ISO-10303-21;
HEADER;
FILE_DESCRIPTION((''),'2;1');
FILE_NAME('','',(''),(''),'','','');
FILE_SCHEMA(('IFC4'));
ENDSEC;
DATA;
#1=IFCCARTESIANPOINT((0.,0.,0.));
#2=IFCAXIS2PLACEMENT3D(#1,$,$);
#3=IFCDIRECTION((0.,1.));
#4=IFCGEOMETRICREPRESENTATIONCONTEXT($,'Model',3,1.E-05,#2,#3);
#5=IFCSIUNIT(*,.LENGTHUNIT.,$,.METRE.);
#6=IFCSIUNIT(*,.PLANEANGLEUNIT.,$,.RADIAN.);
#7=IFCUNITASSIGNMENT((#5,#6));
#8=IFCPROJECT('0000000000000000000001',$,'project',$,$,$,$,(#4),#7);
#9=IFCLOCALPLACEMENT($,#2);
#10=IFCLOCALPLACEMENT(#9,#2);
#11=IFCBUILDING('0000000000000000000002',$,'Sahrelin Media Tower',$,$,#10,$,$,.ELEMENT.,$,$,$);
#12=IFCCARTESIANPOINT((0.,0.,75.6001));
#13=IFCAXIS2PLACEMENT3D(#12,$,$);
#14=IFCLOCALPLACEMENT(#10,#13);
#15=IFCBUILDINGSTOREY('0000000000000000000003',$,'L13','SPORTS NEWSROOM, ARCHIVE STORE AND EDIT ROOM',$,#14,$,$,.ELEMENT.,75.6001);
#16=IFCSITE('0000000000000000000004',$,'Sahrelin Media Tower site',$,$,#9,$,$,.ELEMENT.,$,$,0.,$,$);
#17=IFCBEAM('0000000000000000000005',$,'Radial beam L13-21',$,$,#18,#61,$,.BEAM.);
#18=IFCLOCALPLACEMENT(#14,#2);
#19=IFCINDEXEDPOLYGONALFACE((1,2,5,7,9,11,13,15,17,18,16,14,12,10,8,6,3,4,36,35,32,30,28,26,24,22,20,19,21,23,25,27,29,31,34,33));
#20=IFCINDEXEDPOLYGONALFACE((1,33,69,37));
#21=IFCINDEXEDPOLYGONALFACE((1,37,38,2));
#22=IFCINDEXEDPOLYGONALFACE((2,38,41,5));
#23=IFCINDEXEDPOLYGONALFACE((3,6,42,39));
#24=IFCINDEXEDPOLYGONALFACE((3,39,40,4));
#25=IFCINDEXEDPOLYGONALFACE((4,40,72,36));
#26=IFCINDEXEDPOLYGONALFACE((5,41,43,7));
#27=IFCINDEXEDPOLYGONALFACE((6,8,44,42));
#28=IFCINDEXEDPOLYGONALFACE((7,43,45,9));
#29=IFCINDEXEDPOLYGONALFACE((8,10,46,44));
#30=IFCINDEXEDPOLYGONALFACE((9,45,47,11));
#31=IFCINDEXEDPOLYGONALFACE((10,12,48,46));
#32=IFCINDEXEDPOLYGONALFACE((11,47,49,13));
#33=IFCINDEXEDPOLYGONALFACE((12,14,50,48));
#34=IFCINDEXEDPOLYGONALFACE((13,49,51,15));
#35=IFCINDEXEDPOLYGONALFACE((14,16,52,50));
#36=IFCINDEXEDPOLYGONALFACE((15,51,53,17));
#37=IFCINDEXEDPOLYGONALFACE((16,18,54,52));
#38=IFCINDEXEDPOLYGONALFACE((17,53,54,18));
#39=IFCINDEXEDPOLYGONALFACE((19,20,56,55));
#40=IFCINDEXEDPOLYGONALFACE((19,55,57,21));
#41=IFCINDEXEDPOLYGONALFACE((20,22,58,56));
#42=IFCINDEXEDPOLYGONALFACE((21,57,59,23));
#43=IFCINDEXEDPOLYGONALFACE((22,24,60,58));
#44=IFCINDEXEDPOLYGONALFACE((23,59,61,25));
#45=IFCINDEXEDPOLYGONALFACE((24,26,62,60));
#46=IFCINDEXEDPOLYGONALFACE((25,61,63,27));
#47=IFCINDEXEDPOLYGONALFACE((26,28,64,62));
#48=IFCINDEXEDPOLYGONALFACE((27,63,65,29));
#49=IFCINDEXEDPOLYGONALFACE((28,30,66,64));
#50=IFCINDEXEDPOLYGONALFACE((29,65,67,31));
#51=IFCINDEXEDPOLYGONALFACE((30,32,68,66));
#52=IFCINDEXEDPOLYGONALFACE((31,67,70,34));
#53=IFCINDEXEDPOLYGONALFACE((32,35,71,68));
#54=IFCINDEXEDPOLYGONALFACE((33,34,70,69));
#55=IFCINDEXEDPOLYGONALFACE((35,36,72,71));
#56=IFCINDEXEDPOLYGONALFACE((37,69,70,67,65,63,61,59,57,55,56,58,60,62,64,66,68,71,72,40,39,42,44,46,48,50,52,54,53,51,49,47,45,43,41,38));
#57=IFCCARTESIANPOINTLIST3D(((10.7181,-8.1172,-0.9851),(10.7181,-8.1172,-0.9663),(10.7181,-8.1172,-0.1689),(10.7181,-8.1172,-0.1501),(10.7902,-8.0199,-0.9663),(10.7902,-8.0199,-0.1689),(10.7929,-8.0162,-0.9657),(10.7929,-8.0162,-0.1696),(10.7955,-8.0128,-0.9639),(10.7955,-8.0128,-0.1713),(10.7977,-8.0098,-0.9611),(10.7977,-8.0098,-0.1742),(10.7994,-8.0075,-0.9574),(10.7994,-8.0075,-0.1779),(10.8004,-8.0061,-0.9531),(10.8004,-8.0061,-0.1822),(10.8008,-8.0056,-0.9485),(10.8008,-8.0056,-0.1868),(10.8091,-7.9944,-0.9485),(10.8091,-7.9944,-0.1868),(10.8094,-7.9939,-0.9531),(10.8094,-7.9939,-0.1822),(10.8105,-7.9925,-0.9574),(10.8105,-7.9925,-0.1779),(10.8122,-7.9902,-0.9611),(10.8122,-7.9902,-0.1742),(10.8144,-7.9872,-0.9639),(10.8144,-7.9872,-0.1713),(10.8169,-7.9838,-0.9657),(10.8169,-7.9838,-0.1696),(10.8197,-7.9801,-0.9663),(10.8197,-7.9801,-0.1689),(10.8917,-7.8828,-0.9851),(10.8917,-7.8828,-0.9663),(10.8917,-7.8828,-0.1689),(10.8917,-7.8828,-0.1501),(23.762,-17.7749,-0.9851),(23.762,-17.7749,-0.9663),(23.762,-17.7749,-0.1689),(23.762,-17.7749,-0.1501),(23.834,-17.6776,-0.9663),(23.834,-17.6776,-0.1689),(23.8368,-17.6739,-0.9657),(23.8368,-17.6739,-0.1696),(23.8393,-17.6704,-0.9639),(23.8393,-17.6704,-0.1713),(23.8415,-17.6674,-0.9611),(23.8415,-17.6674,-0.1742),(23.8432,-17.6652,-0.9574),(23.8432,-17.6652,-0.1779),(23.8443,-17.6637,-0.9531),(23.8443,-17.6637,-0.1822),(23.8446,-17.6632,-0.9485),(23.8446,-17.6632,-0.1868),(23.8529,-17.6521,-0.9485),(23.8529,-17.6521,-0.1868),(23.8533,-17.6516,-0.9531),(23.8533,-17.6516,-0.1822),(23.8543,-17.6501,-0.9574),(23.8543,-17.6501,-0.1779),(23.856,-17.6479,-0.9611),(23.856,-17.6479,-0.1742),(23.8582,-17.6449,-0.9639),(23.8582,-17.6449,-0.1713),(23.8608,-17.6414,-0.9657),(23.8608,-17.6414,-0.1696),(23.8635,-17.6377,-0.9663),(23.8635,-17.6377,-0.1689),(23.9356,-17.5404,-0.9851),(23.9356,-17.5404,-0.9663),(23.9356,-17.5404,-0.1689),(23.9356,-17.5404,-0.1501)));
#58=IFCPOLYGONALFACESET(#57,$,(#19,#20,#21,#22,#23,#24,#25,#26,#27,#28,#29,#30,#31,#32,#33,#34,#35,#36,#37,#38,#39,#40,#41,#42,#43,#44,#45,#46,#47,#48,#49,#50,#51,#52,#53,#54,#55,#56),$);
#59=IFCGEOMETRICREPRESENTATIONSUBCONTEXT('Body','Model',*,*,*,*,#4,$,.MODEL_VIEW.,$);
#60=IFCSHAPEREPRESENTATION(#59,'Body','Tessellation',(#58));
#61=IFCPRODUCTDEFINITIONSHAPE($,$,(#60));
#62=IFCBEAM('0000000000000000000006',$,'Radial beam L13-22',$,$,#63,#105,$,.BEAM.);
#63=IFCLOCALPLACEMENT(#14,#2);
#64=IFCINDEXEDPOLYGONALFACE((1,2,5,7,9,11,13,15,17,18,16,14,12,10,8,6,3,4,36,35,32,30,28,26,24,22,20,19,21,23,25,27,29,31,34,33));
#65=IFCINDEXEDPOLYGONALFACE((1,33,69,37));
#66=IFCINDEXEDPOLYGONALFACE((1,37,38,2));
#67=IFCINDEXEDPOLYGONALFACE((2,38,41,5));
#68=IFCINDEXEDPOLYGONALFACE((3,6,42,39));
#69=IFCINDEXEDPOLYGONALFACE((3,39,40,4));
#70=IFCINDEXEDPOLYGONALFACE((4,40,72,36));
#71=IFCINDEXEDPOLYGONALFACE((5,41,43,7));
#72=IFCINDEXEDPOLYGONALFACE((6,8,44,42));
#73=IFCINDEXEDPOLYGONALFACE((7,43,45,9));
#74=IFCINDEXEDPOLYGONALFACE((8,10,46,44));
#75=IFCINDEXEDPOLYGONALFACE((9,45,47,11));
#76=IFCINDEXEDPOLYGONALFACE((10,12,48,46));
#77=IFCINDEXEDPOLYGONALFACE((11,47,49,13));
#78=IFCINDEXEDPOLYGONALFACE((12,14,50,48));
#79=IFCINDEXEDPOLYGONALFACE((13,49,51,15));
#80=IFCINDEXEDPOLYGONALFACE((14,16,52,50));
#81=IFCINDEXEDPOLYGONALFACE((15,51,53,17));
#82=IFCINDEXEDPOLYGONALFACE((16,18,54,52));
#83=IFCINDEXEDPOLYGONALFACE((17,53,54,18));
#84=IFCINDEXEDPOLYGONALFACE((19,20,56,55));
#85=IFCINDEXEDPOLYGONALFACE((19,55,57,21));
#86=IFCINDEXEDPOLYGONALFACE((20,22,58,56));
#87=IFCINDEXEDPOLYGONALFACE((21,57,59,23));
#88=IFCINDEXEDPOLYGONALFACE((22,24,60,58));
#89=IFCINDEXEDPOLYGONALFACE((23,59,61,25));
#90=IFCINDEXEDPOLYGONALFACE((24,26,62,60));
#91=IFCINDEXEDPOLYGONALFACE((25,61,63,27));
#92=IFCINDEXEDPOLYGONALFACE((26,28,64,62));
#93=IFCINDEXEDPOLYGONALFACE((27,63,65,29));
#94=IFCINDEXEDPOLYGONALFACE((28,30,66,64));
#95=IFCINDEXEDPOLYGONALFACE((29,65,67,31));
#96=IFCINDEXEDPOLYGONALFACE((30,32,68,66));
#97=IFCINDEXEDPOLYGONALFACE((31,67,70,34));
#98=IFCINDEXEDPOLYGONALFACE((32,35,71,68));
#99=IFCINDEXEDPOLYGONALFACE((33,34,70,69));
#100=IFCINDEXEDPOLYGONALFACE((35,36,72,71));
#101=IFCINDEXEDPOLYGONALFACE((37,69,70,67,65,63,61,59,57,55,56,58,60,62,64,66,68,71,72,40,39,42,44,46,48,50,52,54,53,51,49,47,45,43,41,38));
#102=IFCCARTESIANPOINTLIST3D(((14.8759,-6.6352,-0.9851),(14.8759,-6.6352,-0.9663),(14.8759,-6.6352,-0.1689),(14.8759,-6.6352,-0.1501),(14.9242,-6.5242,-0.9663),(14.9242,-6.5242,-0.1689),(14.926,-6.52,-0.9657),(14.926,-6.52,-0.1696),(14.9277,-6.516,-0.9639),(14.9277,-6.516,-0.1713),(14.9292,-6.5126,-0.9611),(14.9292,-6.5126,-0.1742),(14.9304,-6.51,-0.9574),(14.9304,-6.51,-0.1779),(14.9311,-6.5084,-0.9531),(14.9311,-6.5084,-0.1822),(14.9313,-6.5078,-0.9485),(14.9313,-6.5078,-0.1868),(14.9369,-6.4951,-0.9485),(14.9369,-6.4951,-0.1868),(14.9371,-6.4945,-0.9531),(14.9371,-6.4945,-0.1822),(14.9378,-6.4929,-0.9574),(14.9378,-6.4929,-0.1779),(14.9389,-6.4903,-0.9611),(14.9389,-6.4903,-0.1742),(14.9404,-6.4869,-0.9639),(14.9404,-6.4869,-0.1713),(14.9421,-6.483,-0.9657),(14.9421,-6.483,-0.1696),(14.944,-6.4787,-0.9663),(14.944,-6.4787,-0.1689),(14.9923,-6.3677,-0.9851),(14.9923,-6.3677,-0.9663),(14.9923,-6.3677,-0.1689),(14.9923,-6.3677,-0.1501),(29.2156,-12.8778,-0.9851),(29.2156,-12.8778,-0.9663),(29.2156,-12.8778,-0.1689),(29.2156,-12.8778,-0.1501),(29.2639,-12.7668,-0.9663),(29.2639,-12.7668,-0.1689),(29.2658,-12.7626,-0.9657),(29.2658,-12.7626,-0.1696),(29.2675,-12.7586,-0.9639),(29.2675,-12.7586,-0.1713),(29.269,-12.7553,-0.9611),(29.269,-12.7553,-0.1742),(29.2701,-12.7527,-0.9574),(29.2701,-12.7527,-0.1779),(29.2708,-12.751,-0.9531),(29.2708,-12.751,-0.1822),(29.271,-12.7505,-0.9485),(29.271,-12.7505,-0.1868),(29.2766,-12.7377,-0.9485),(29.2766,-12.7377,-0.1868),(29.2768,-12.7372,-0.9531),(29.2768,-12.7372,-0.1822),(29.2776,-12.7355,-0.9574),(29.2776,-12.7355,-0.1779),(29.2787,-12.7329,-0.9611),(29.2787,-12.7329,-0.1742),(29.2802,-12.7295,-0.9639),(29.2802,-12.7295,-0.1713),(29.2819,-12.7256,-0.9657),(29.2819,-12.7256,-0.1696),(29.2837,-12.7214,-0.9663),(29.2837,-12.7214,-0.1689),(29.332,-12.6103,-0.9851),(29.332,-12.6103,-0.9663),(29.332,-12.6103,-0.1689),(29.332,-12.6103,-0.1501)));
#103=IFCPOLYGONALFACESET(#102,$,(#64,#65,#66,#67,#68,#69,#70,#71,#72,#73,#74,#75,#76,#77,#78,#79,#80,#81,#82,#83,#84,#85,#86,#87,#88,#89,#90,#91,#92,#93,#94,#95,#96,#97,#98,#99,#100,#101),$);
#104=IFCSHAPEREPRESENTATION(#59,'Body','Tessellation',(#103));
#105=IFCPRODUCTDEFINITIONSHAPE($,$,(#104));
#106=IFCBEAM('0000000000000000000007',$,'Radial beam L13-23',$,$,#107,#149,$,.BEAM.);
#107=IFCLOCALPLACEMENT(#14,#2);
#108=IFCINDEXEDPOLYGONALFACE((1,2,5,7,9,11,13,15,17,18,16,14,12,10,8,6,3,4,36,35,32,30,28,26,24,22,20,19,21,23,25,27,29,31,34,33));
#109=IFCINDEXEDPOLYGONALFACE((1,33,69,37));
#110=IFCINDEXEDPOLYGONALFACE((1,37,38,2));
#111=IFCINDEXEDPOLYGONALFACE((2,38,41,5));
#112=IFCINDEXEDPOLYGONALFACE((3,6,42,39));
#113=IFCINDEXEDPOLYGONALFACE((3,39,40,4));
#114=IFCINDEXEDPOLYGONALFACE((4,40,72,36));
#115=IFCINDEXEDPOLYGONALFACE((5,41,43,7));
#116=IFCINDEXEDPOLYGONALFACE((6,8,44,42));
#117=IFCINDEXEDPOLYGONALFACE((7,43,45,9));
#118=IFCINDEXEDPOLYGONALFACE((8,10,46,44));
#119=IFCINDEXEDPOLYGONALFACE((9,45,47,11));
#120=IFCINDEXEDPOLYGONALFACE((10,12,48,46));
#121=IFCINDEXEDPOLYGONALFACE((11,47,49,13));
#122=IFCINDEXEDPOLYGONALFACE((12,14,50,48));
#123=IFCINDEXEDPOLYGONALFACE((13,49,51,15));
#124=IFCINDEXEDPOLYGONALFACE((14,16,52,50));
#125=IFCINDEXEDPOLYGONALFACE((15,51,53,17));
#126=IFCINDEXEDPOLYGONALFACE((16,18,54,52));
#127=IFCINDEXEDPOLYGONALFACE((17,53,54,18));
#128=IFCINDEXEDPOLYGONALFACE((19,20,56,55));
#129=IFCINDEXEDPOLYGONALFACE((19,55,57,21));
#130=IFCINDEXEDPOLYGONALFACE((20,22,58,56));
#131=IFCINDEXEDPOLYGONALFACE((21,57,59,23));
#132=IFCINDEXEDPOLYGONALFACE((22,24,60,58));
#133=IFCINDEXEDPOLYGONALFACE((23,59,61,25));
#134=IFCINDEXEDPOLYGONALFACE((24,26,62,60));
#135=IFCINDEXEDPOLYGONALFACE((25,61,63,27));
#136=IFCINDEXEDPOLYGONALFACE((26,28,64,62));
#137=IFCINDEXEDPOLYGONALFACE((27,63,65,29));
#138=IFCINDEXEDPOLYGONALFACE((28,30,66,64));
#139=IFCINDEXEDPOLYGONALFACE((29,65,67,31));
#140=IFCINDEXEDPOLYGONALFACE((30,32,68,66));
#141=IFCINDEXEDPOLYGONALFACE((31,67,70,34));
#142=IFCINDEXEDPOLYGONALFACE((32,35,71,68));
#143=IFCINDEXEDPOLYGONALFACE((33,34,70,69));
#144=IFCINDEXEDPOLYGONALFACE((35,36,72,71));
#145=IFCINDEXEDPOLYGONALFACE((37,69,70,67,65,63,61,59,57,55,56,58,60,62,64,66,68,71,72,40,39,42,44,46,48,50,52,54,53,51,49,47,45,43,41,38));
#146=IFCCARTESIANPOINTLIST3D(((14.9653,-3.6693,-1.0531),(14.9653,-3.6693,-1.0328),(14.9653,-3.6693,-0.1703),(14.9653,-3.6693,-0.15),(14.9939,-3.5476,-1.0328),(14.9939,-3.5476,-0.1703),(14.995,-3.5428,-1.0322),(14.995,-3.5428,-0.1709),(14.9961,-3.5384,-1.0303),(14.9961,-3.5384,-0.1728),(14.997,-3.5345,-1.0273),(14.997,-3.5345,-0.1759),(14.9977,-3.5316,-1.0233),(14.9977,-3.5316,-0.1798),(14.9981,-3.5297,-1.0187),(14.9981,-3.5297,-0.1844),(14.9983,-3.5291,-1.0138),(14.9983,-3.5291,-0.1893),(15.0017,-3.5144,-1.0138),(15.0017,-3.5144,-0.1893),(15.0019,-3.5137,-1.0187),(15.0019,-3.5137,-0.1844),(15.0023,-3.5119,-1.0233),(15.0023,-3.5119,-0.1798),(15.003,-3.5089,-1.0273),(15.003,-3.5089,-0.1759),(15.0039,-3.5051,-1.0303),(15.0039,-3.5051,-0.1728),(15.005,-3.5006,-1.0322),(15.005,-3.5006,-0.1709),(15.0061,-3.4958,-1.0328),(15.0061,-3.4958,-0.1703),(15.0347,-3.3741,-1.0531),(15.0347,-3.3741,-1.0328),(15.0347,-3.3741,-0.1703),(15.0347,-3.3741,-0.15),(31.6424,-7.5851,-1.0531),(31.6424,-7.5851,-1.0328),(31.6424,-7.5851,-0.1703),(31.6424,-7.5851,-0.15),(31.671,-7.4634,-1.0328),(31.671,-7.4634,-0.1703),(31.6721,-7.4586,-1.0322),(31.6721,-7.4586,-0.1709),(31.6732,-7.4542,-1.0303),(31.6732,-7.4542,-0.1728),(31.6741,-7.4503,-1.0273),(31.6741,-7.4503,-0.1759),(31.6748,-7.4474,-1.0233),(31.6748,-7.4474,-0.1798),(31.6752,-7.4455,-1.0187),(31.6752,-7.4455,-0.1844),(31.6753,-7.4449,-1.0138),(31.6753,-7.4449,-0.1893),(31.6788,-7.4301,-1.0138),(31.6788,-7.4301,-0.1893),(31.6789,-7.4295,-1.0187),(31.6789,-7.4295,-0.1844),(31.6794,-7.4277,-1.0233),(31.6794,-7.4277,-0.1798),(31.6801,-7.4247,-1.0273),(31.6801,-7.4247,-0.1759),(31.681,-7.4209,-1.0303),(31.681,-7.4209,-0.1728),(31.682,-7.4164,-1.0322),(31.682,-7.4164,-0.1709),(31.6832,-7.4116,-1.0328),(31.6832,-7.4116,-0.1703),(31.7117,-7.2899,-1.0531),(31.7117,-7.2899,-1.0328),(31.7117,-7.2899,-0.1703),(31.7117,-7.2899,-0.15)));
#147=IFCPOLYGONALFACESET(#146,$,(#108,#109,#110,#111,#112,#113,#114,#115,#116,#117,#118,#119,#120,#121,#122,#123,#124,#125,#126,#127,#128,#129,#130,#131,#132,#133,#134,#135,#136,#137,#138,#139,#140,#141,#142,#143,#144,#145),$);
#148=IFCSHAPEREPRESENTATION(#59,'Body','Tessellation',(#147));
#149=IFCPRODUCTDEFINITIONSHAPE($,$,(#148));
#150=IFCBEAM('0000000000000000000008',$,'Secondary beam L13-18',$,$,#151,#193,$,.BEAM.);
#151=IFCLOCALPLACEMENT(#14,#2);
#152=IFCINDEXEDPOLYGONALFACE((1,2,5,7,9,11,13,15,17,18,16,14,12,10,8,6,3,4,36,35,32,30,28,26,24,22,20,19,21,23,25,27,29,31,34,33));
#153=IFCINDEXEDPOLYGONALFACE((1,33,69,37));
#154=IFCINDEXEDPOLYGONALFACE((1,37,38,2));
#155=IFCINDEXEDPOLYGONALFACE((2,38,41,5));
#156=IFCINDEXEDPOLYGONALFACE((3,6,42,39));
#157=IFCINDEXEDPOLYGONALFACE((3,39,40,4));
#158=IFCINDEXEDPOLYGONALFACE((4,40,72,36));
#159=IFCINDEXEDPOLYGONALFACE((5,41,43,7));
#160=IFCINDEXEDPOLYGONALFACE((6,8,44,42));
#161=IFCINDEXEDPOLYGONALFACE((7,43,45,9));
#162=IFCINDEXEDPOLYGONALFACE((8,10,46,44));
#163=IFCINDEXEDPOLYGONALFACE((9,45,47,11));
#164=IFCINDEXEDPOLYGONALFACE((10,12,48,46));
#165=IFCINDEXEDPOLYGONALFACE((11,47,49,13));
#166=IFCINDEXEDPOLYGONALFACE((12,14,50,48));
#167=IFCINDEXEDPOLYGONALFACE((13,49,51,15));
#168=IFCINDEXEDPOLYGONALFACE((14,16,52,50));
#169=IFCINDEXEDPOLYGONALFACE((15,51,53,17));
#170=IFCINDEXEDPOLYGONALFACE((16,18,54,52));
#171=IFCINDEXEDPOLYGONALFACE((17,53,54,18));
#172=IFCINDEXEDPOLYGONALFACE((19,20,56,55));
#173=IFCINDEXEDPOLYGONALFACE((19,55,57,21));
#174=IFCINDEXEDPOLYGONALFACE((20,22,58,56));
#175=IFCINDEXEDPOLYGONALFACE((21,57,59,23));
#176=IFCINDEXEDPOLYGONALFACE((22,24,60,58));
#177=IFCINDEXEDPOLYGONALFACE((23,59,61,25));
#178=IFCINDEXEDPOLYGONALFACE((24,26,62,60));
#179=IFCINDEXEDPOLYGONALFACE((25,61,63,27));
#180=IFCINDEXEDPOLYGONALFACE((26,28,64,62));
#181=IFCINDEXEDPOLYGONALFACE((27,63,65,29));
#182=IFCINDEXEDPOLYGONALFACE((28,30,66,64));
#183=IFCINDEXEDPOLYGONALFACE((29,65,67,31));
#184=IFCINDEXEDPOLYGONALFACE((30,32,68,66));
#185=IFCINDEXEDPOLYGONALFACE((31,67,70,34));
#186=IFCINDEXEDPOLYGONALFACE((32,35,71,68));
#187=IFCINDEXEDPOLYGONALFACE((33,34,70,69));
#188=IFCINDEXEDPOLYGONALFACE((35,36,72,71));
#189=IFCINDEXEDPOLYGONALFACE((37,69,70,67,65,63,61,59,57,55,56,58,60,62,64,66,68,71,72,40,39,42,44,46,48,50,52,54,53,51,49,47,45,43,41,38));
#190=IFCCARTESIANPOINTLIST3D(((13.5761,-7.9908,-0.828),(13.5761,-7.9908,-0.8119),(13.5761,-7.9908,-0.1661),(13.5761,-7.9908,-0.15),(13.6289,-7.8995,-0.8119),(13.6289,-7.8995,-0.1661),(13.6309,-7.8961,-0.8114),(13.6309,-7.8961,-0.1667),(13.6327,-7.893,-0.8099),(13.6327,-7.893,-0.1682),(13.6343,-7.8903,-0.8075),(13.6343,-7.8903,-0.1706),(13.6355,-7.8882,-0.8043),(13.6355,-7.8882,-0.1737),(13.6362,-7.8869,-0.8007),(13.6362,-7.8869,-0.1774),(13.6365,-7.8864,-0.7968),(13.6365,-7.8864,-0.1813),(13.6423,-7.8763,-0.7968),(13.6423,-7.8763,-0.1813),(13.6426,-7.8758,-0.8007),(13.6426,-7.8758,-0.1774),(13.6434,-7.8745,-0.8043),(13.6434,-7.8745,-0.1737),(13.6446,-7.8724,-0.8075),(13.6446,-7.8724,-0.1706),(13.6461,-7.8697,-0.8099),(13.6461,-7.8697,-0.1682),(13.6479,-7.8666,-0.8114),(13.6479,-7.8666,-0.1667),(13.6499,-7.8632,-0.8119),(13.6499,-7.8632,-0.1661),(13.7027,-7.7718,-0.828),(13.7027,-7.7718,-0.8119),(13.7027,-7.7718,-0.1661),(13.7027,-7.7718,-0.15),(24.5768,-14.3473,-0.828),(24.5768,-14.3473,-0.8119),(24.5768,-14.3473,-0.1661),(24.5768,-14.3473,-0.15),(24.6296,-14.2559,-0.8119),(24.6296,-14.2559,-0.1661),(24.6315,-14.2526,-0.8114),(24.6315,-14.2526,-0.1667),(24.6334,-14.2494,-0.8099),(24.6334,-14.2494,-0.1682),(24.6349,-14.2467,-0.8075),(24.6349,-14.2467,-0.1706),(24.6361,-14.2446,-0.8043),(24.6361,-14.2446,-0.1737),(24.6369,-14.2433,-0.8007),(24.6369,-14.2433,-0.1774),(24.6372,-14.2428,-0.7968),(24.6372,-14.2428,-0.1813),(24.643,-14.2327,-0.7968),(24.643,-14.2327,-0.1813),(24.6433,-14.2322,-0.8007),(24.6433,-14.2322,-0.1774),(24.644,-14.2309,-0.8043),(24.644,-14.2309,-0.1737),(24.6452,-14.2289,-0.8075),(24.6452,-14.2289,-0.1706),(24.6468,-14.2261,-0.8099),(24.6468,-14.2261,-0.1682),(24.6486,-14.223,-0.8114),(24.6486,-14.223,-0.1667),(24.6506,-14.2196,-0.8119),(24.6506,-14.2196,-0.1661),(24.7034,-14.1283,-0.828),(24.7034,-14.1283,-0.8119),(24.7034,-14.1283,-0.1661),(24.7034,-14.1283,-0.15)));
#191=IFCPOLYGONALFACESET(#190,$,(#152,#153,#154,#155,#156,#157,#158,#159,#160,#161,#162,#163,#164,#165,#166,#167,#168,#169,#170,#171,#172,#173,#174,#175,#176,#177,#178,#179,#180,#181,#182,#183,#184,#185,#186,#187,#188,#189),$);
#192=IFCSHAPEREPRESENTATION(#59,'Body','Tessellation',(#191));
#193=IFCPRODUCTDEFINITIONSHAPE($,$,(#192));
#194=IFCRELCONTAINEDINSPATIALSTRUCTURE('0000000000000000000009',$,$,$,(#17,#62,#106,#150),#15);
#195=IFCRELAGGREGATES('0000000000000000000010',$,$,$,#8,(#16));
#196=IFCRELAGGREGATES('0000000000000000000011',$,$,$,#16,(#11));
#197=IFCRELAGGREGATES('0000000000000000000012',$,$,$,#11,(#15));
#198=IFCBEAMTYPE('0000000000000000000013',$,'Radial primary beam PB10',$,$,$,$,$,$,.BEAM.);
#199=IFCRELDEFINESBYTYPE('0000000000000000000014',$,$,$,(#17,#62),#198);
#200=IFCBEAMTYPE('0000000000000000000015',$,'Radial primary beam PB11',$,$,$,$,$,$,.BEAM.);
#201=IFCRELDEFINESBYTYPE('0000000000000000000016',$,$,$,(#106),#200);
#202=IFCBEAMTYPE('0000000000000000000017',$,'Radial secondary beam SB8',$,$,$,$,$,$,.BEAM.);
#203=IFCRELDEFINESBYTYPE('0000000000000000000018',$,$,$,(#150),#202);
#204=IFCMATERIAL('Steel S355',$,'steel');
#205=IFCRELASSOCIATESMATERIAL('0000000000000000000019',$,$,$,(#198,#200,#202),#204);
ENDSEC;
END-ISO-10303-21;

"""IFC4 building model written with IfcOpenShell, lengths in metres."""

from ifc_helpers import new_model, si_unit, direction, frame, origin, origin_2d, place, context, subcontext, project, spatial, i_section, extrude, material, material_profile, profile_set, type_object, element, save


model = new_model("IFC4")

# Units and contexts
model_context = context("Model", 3, precision=1e-05, world=origin(), true_north=direction((0.0, 1.0)))
body_context = subcontext(model_context, "Body", "Model", "MODEL_VIEW")
ifc_project = project(units=[si_unit("LENGTHUNIT", "METRE"), si_unit("PLANEANGLEUNIT", "RADIAN")], contexts=[model_context])

# Site, building, storey
site_placement = place(None, origin())
site = spatial("IfcSite", under=ifc_project, at=site_placement, Name="Sahrelin Media Tower site", CompositionType="ELEMENT", RefElevation=0.0)
building_placement = place(site_placement, origin())
building = spatial("IfcBuilding", under=site, at=building_placement, Name="Sahrelin Media Tower", CompositionType="ELEMENT")
storey_placement = place(building_placement, frame((0.0, 0.0, 75.6001)))
storey = spatial("IfcBuildingStorey", under=building, at=storey_placement, Name="L13", Description="SPORTS NEWSROOM, ARCHIVE STORE AND EDIT ROOM", CompositionType="ELEMENT", Elevation=75.6001)

# Beams
ifc_material_1 = material(Name="Steel S355", Category="steel")
ifc_material_profile_1 = material_profile(ifc_material_1, i_section(OverallWidth=0.2917, OverallDepth=0.835, WebThickness=0.0139, FlangeThickness=0.0188, FilletRadius=0.0178, at=origin_2d()), Name="UB 838x292x176")
ifc_profile_set_1 = profile_set([ifc_material_profile_1], Name="Steel S355")
beam_type_1 = type_object("IfcBeamType", Name="Radial primary beam PB10", PredefinedType="BEAM", material=ifc_profile_set_1)
beam_1_placement = place(storey_placement, frame((10.8049, -8.0, -0.5676), z_axis=(0.803689, -0.59505, 0.0), x_axis=(0.59505, 0.803689, 0.0)))
element("IfcBeam", 1, at=beam_1_placement, inside=storey, type_object=beam_type_1, Name="Radial beam L13-21", PredefinedType="BEAM", context=body_context, shape_type="SweptSolid", body=[
    extrude(i_section(OverallWidth=0.2917, OverallDepth=0.835, WebThickness=0.0139, FlangeThickness=0.0188, FilletRadius=0.0178, at=origin_2d()), origin(), (0.0, 0.0, 1.0), 16.23),
])
beam_2_placement = place(storey_placement, frame((14.9341, -6.5015, -0.5676), z_axis=(0.916884, -0.399154, 0.0), x_axis=(0.399154, 0.916884, 0.0)))
element("IfcBeam", 2, at=beam_2_placement, inside=storey, type_object=beam_type_1, Name="Radial beam L13-22", PredefinedType="BEAM", context=body_context, shape_type="SweptSolid", body=[
    extrude(i_section(OverallWidth=0.2917, OverallDepth=0.835, WebThickness=0.0139, FlangeThickness=0.0188, FilletRadius=0.0178, at=origin_2d()), origin(), (0.0, 0.0, 1.0), 15.6396),
])
ifc_material_profile_2 = material_profile(ifc_material_1, i_section(OverallWidth=0.3032, OverallDepth=0.9031, WebThickness=0.0151, FlangeThickness=0.0203, FilletRadius=0.019, at=origin_2d()), Name="UB 914x305x201")
ifc_profile_set_2 = profile_set([ifc_material_profile_2], Name="Steel S355")
beam_type_2 = type_object("IfcBeamType", Name="Radial primary beam PB11", PredefinedType="BEAM", material=ifc_profile_set_2)
beam_3_placement = place(storey_placement, frame((15.0, -3.5217, -0.6016), z_axis=(0.973524, -0.228584, 0.0), x_axis=(0.228584, 0.973524, 0.0)))
element("IfcBeam", 3, at=beam_3_placement, inside=storey, type_object=beam_type_2, Name="Radial beam L13-23", PredefinedType="BEAM", context=body_context, shape_type="SweptSolid", body=[
    extrude(i_section(OverallWidth=0.3032, OverallDepth=0.9031, WebThickness=0.0151, FlangeThickness=0.0203, FilletRadius=0.019, at=origin_2d()), origin(), (0.0, 0.0, 1.0), 17.1306),
])
ifc_material_profile_3 = material_profile(ifc_material_1, i_section(OverallWidth=0.2529, OverallDepth=0.678, WebThickness=0.0117, FlangeThickness=0.0161, FilletRadius=0.0151, at=origin_2d()), Name="UB 686x254x125")
ifc_profile_set_3 = profile_set([ifc_material_profile_3], Name="Steel S355")
beam_type_3 = type_object("IfcBeamType", Name="Radial secondary beam SB8", PredefinedType="BEAM", material=ifc_profile_set_3)
beam_4_placement = place(storey_placement, frame((13.6394, -7.8813, -0.489), z_axis=(0.865849, -0.500305, 0.0), x_axis=(0.500305, 0.865849, 0.0)))
element("IfcBeam", 4, at=beam_4_placement, inside=storey, type_object=beam_type_3, Name="Secondary beam L13-18", PredefinedType="BEAM", context=body_context, shape_type="SweptSolid", body=[
    extrude(i_section(OverallWidth=0.2529, OverallDepth=0.678, WebThickness=0.0117, FlangeThickness=0.0161, FilletRadius=0.0151, at=origin_2d()), origin(), (0.0, 0.0, 1.0), 12.7051),
])

save(model, "model.ifc")
